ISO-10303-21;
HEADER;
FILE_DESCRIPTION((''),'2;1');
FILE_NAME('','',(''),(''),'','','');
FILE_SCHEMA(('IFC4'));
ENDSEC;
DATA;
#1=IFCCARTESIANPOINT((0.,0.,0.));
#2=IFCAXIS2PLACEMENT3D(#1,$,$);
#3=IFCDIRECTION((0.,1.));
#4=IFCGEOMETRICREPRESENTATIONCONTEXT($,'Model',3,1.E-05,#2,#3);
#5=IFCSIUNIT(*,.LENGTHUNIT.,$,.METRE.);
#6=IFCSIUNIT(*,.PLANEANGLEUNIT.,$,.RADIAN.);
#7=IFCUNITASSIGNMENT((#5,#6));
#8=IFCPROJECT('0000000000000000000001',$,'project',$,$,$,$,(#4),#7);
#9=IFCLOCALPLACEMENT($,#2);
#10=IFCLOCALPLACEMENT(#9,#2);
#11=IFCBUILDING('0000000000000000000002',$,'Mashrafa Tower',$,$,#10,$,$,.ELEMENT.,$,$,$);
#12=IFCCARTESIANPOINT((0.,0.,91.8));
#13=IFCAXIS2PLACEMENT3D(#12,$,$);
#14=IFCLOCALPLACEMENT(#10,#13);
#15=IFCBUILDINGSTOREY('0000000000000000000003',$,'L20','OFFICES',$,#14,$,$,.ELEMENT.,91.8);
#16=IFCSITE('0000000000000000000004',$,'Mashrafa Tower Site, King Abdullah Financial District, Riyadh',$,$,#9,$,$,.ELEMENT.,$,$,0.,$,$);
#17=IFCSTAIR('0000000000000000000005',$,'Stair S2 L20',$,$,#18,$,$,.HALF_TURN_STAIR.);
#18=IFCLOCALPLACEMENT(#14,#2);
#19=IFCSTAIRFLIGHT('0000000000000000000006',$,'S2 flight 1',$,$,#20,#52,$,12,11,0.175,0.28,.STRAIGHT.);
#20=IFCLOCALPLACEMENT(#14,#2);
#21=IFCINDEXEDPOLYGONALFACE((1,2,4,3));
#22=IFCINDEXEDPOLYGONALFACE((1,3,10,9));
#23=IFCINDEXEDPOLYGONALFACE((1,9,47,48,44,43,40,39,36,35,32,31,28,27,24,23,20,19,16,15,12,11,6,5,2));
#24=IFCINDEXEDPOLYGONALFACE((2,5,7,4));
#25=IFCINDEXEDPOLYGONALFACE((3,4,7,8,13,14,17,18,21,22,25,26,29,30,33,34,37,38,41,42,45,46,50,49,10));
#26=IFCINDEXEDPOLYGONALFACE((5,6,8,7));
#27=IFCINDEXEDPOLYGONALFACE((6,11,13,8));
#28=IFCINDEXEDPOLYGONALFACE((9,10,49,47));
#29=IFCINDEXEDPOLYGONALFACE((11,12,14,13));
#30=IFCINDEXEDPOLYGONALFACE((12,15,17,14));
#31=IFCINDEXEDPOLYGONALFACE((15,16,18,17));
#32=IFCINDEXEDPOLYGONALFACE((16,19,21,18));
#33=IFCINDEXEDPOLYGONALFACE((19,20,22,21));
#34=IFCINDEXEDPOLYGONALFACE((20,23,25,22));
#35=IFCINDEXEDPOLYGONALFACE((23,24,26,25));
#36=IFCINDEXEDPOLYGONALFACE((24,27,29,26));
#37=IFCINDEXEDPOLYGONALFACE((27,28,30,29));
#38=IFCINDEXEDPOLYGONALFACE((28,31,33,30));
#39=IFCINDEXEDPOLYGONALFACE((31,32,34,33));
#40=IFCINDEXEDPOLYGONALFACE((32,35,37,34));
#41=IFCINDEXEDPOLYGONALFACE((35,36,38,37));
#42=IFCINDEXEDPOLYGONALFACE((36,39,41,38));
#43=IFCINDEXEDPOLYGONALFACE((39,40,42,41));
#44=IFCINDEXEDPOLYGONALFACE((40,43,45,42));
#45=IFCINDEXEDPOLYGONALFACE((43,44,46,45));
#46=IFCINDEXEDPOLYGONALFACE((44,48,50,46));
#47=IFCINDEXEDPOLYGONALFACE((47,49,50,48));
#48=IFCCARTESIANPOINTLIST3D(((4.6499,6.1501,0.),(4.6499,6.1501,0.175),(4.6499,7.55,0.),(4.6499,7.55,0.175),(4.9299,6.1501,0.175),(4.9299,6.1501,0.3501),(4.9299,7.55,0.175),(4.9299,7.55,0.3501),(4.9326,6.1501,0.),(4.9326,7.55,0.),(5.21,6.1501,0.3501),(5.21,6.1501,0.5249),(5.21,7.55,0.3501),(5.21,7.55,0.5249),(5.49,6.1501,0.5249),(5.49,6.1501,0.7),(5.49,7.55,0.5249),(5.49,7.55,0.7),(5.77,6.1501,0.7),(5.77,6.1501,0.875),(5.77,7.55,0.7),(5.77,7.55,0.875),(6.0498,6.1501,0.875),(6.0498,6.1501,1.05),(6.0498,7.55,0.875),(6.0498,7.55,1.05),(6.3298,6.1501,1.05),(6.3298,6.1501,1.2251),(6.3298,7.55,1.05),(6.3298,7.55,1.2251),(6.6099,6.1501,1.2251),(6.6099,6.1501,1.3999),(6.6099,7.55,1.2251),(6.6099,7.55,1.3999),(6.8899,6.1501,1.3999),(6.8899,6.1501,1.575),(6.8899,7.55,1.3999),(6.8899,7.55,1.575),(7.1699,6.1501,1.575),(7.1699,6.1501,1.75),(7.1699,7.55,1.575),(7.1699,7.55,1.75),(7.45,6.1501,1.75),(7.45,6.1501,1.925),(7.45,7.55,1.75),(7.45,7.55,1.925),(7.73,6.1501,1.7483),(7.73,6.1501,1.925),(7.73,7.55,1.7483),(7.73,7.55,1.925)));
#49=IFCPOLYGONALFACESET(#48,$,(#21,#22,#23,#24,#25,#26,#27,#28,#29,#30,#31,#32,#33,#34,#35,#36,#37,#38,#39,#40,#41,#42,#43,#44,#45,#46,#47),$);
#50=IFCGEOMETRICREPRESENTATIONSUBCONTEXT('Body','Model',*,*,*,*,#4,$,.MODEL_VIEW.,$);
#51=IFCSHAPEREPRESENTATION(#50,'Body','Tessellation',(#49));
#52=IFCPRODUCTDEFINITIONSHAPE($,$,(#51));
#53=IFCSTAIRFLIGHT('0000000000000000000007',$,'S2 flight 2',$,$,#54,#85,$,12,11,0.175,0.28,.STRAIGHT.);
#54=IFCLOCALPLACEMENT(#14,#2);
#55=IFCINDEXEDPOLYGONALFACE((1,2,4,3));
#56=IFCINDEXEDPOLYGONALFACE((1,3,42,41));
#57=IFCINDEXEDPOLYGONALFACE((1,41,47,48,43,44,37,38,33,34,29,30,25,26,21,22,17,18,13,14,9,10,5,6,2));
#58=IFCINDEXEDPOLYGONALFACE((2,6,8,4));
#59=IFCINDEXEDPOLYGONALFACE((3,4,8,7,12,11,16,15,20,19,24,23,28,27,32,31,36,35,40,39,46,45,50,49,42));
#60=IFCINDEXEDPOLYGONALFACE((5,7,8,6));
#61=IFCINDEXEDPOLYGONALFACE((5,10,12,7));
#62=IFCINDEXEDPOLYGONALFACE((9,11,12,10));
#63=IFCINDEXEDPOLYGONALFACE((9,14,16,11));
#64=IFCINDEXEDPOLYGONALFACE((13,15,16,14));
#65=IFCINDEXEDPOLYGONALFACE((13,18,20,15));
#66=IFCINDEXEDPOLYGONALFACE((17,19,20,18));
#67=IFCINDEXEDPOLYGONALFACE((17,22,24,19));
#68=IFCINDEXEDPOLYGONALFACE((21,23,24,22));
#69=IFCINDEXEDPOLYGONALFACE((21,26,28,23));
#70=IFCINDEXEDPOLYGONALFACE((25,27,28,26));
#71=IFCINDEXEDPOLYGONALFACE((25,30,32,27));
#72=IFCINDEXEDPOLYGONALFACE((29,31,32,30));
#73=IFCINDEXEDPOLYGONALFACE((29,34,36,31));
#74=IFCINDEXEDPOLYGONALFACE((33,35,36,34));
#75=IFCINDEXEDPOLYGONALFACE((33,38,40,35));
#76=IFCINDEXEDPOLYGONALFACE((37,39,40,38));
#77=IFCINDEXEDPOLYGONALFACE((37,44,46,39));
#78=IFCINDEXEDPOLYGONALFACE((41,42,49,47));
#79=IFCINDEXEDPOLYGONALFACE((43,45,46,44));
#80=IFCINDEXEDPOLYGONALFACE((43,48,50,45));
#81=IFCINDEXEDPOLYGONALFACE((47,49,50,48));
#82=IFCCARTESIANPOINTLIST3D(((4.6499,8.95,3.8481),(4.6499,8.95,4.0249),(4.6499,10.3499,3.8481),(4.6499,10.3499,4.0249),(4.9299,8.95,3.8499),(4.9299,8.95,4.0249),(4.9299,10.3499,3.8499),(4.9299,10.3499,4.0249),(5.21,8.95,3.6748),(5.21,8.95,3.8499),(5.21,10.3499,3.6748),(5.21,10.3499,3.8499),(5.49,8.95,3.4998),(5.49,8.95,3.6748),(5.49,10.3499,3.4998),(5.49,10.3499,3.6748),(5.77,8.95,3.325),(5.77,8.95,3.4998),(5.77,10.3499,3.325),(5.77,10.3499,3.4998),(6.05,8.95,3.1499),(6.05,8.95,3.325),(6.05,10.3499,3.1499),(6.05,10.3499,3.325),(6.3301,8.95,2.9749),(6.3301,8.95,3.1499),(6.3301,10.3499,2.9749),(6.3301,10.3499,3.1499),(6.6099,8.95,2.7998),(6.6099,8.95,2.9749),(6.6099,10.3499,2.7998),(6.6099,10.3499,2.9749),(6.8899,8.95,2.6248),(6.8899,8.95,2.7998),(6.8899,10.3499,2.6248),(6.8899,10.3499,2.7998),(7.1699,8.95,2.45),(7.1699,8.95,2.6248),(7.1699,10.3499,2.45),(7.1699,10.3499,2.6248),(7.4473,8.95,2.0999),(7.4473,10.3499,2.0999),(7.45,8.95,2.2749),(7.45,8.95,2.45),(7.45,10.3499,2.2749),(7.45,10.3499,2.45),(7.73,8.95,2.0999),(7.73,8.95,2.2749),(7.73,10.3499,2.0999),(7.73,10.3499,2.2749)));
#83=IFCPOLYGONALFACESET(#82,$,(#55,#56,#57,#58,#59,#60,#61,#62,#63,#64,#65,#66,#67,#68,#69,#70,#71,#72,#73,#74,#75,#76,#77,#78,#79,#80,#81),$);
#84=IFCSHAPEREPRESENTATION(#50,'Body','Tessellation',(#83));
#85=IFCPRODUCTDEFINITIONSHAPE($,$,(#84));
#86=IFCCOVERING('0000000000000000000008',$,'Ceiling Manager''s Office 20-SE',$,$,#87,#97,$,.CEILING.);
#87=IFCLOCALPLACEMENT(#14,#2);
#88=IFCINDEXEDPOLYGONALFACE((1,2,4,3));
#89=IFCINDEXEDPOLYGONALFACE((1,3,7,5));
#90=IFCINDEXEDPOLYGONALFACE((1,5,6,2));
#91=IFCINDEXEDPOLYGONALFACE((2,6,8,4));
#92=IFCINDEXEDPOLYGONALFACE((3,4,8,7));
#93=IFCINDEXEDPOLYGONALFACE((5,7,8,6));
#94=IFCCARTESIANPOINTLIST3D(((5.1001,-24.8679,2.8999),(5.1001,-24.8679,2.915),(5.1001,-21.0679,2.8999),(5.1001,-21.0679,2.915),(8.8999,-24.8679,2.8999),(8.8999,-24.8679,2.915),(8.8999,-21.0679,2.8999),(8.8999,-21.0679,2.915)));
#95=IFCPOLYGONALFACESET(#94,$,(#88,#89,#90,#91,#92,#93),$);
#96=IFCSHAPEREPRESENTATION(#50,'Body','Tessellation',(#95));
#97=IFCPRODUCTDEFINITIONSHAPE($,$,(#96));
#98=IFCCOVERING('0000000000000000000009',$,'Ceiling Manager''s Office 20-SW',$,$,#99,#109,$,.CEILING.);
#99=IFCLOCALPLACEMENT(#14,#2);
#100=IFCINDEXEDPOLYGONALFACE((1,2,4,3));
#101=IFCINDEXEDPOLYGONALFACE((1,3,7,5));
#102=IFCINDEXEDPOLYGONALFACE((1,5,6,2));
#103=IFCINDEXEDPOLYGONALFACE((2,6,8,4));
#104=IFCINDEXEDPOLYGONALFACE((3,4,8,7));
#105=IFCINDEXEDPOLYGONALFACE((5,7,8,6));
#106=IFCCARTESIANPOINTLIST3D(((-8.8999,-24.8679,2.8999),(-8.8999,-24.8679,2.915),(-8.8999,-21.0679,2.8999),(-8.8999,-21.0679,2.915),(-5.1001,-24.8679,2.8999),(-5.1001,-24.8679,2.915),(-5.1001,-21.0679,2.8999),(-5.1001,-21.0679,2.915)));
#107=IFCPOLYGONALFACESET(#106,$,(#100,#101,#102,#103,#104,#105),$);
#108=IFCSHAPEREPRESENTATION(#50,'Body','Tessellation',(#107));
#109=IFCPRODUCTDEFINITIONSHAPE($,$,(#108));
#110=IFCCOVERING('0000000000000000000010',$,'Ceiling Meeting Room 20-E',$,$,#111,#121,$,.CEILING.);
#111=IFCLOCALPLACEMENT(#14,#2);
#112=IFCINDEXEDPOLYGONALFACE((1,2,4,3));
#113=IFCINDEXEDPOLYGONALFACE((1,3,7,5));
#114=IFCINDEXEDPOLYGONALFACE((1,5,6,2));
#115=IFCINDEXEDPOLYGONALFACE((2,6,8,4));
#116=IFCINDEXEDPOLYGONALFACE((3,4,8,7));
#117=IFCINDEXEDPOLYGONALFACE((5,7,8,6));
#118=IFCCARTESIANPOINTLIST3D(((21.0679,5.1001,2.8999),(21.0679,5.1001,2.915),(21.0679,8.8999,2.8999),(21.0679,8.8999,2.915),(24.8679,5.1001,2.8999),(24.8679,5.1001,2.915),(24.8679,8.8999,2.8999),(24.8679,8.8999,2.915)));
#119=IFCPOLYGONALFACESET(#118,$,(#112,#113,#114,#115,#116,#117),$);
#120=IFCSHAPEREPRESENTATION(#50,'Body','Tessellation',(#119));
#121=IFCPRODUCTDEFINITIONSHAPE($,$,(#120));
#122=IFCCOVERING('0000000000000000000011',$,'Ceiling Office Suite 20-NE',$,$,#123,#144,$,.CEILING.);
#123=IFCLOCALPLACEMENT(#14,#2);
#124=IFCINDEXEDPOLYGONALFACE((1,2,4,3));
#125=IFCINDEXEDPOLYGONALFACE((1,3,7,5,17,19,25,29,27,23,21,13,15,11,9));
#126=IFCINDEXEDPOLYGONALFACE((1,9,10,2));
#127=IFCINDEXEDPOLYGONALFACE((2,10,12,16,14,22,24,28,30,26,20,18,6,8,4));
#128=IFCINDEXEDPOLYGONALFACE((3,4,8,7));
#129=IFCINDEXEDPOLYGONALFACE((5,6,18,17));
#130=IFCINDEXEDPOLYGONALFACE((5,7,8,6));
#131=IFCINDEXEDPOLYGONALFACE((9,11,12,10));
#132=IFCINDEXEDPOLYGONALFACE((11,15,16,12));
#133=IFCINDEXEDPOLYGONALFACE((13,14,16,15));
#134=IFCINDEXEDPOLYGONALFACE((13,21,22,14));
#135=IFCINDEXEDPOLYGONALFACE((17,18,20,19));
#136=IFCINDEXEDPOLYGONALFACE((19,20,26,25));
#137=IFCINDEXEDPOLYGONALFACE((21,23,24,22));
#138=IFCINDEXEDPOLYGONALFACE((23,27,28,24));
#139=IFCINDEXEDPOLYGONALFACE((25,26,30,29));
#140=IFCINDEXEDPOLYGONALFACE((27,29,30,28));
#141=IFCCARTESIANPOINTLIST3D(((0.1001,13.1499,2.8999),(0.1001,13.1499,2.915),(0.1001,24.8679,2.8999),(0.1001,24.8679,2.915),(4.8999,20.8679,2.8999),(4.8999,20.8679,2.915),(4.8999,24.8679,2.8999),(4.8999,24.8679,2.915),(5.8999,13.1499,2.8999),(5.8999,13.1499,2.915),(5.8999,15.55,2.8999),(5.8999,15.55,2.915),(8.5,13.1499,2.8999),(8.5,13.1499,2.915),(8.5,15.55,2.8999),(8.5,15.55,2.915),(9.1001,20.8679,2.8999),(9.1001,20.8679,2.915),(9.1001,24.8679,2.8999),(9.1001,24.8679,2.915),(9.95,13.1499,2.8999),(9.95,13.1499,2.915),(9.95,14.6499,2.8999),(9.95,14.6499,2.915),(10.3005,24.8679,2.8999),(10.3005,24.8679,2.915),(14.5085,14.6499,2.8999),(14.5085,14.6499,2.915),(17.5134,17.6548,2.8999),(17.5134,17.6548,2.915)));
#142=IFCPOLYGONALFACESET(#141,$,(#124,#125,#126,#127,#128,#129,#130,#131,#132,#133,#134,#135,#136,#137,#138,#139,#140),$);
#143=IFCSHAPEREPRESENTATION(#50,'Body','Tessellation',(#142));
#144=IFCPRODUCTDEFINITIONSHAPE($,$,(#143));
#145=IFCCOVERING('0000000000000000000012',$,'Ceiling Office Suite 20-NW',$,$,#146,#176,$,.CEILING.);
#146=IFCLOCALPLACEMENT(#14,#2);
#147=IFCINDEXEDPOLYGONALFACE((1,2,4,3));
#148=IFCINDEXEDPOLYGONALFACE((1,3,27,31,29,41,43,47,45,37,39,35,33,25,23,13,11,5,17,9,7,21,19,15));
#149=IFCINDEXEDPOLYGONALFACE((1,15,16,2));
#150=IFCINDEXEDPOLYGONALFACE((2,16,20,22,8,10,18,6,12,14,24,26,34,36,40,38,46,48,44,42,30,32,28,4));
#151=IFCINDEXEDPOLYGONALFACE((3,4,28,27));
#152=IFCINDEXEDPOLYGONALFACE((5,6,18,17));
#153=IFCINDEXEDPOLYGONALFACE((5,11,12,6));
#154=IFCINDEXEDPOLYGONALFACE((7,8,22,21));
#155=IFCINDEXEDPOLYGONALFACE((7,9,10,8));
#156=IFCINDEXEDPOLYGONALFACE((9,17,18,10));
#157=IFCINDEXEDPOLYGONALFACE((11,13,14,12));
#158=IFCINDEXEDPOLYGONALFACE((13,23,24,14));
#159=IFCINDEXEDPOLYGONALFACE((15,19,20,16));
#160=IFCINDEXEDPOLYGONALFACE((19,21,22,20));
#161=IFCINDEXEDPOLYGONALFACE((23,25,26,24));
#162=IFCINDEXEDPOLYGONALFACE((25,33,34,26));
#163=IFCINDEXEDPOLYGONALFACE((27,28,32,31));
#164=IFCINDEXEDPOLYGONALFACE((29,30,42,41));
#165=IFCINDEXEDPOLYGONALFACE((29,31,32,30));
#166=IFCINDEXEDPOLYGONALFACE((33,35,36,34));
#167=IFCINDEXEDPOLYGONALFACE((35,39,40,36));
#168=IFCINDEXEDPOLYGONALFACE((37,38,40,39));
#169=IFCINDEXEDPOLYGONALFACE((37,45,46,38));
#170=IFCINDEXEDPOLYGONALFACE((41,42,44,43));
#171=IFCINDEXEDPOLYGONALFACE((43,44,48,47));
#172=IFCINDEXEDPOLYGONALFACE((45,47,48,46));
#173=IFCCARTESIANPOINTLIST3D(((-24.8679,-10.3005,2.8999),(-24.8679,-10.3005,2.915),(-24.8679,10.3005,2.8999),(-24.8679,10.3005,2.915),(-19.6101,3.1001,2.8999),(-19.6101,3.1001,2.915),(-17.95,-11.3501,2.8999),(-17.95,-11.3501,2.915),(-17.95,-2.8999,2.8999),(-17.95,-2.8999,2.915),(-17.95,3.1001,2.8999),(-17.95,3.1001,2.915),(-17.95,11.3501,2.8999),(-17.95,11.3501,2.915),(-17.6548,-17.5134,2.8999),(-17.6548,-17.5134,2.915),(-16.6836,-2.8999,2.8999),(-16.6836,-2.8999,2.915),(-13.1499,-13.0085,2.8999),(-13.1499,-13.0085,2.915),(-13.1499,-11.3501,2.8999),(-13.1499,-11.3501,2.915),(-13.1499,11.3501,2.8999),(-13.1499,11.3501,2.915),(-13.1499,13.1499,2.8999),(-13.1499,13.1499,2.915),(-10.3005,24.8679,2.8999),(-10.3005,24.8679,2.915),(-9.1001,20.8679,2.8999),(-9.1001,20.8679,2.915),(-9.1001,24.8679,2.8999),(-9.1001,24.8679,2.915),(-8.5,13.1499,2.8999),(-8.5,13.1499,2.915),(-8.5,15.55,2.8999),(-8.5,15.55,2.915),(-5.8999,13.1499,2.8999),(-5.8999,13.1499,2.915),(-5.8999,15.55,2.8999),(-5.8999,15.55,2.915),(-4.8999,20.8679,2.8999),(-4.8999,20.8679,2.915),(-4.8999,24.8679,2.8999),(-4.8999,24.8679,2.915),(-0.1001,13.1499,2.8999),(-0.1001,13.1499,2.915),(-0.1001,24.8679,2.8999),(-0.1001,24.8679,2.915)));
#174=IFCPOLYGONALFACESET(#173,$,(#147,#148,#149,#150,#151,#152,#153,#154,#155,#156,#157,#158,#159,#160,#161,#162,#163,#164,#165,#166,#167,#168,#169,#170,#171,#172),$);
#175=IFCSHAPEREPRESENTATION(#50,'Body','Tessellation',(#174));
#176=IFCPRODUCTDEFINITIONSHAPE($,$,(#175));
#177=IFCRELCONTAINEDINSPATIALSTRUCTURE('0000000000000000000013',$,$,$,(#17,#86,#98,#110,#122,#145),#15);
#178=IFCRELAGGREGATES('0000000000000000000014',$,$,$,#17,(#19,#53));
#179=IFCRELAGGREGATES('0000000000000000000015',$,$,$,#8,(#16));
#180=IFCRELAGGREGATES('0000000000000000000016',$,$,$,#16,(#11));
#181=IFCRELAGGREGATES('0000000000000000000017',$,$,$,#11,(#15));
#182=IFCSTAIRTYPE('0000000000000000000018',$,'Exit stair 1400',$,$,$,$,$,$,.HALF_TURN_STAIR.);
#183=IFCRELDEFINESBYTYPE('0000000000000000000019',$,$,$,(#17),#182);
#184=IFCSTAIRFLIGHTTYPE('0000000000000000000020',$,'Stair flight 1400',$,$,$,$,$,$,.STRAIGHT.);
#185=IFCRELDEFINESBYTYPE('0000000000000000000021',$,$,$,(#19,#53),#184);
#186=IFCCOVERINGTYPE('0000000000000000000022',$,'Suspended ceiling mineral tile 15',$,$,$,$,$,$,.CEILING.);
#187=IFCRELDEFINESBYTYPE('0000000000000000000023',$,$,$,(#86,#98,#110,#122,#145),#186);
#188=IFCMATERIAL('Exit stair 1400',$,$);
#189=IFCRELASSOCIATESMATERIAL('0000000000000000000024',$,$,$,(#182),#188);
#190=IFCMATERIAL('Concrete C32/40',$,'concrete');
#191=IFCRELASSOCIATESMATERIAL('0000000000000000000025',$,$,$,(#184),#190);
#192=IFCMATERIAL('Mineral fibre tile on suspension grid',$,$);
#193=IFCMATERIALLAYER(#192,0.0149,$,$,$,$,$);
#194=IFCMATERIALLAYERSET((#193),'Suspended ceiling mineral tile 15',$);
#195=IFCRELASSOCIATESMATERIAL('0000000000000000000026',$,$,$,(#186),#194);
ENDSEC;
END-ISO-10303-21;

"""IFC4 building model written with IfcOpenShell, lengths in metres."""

from ifc_helpers import new_model, si_unit, direction, frame, origin, place, context, subcontext, project, spatial, polyline, outline, extrude, material, layer, layer_set, type_object, element, aggregate, save


model = new_model("IFC4")

# Units and contexts
model_context = context("Model", 3, precision=1e-05, world=origin(), true_north=direction((0.0, 1.0)))
body_context = subcontext(model_context, "Body", "Model", "MODEL_VIEW")
ifc_project = project(units=[si_unit("LENGTHUNIT", "METRE"), si_unit("PLANEANGLEUNIT", "RADIAN")], contexts=[model_context])

# Site, building, storey
site_placement = place(None, origin())
site = spatial("IfcSite", under=ifc_project, at=site_placement, Name="Mashrafa Tower Site, King Abdullah Financial District, Riyadh", CompositionType="ELEMENT", RefElevation=0.0)
building_placement = place(site_placement, origin())
building = spatial("IfcBuilding", under=site, at=building_placement, Name="Mashrafa Tower", CompositionType="ELEMENT")
storey_placement = place(building_placement, frame((0.0, 0.0, 91.8)))
storey = spatial("IfcBuildingStorey", under=building, at=storey_placement, Name="L20", Description="OFFICES", CompositionType="ELEMENT", Elevation=91.8)

# Stair, stair flights
ifc_material_1 = material(Name="Exit stair 1400")
stair_type = type_object("IfcStairType", Name="Exit stair 1400", PredefinedType="HALF_TURN_STAIR", material=ifc_material_1)
stair_placement = place(storey_placement, origin())
stair = element("IfcStair", 1, at=stair_placement, inside=storey, type_object=stair_type, Name="Stair S2 L20", PredefinedType="HALF_TURN_STAIR")
ifc_material_2 = material(Name="Concrete C32/40", Category="concrete")
stair_flight_type = type_object("IfcStairFlightType", Name="Stair flight 1400", PredefinedType="STRAIGHT", material=ifc_material_2)
stair_flight_1_placement = place(storey_placement, frame((4.6499, 6.8501, 0.0), z_axis=(0.0, 0.0, 1.0), x_axis=(1.0, 0.0, 0.0)))
stair_flight_1 = element("IfcStairFlight", 2, at=stair_flight_1_placement, type_object=stair_flight_type, Name="S2 flight 1", NumberOfRisers=12, NumberOfTreads=11, PredefinedType="STRAIGHT", RiserHeight=0.175, TreadLength=0.28, context=body_context, shape_type="SweptSolid", body=[
    extrude(outline(polyline([(0.0, 0.0), (0.0, 0.175), (0.28, 0.175), (0.28, 0.3501), (0.5601, 0.3501), (0.5601, 0.5249), (0.8401, 0.5249), (0.8401, 0.7), (1.1201, 0.7), (1.1201, 0.875), (1.3999, 0.875), (1.3999, 1.05), (1.6799, 1.05), (1.6799, 1.2251), (1.96, 1.2251), (1.96, 1.3999), (2.24, 1.3999), (2.24, 1.575), (2.52, 1.575), (2.52, 1.75), (2.8, 1.75), (2.8, 1.925), (3.0801, 1.925), (3.0801, 2.1001), (3.0801, 1.7483), (0.2827, 0.0), (0.0, 0.0)])), frame((0.0, 0.7, 0.0), z_axis=(0.0, -1.0, 0.0), x_axis=(1.0, 0.0, 0.0)), (0.0, 0.0, 1.0), 1.3999),
])
stair_flight_2_placement = place(storey_placement, frame((7.73, 9.6499, 2.0999), z_axis=(0.0, 0.0, 1.0), x_axis=(-1.0, 0.0, 0.0)))
stair_flight_2 = element("IfcStairFlight", 3, at=stair_flight_2_placement, type_object=stair_flight_type, Name="S2 flight 2", NumberOfRisers=12, NumberOfTreads=11, PredefinedType="STRAIGHT", RiserHeight=0.175, TreadLength=0.28, context=body_context, shape_type="SweptSolid", body=[
    extrude(outline(polyline([(0.0, 0.0), (0.0, 0.175), (0.28, 0.175), (0.28, 0.3501), (0.5601, 0.3501), (0.5601, 0.5249), (0.8401, 0.5249), (0.8401, 0.7), (1.1201, 0.7), (1.1201, 0.875), (1.3999, 0.875), (1.3999, 1.05), (1.6799, 1.05), (1.6799, 1.2251), (1.96, 1.2251), (1.96, 1.3999), (2.24, 1.3999), (2.24, 1.575), (2.52, 1.575), (2.52, 1.75), (2.8, 1.75), (2.8, 1.925), (3.0801, 1.925), (3.0801, 2.1001), (3.0801, 1.7483), (0.2827, 0.0), (0.0, 0.0)])), frame((0.0, 0.7, 0.0), z_axis=(0.0, -1.0, 0.0), x_axis=(1.0, 0.0, 0.0)), (0.0, 0.0, 1.0), 1.3999),
])
aggregate(stair, [stair_flight_1, stair_flight_2])

# Coverings
ifc_material_3 = material(Name="Mineral fibre tile on suspension grid")
ifc_layer_1 = layer(ifc_material_3, 0.0149)
ifc_layer_set_1 = layer_set([ifc_layer_1], Name="Suspended ceiling mineral tile 15")
covering_type = type_object("IfcCoveringType", Name="Suspended ceiling mineral tile 15", PredefinedType="CEILING", material=ifc_layer_set_1)
covering_1_placement = place(storey_placement, frame((0.0, 0.0, 2.8999)))
element("IfcCovering", 4, at=covering_1_placement, inside=storey, type_object=covering_type, Name="Ceiling Manager's Office 20-SE", PredefinedType="CEILING", context=body_context, shape_type="SweptSolid", body=[
    extrude(outline(polyline([(5.1001, -21.0679), (8.8999, -21.0679), (8.8999, -24.8679), (5.1001, -24.8679), (5.1001, -21.0679)])), origin(), (0.0, 0.0, 1.0), 0.0151),
])
covering_2_placement = place(storey_placement, frame((0.0, 0.0, 2.8999)))
element("IfcCovering", 5, at=covering_2_placement, inside=storey, type_object=covering_type, Name="Ceiling Manager's Office 20-SW", PredefinedType="CEILING", context=body_context, shape_type="SweptSolid", body=[
    extrude(outline(polyline([(-8.8999, -21.0679), (-5.1001, -21.0679), (-5.1001, -24.8679), (-8.8999, -24.8679), (-8.8999, -21.0679)])), origin(), (0.0, 0.0, 1.0), 0.0151),
])
covering_3_placement = place(storey_placement, frame((0.0, 0.0, 2.8999)))
element("IfcCovering", 6, at=covering_3_placement, inside=storey, type_object=covering_type, Name="Ceiling Meeting Room 20-E", PredefinedType="CEILING", context=body_context, shape_type="SweptSolid", body=[
    extrude(outline(polyline([(21.0679, 8.8999), (24.8679, 8.8999), (24.8679, 5.1001), (21.0679, 5.1001), (21.0679, 8.8999)])), origin(), (0.0, 0.0, 1.0), 0.0151),
])
covering_4_placement = place(storey_placement, frame((0.0, 0.0, 2.8999)))
element("IfcCovering", 7, at=covering_4_placement, inside=storey, type_object=covering_type, Name="Ceiling Office Suite 20-NE", PredefinedType="CEILING", context=body_context, shape_type="SweptSolid", body=[
    extrude(outline(polyline([(0.1001, 24.8679), (4.8999, 24.8679), (4.8999, 20.8679), (9.1001, 20.8679), (9.1001, 24.8679), (10.3005, 24.8679), (17.5134, 17.6548), (14.5085, 14.6499), (9.95, 14.6499), (9.95, 13.1499), (8.5, 13.1499), (8.5, 15.55), (5.8999, 15.55), (5.8999, 13.1499), (0.1001, 13.1499), (0.1001, 24.8679)])), origin(), (0.0, 0.0, 1.0), 0.0151),
])
covering_5_placement = place(storey_placement, frame((0.0, 0.0, 2.8999)))
element("IfcCovering", 8, at=covering_5_placement, inside=storey, type_object=covering_type, Name="Ceiling Office Suite 20-NW", PredefinedType="CEILING", context=body_context, shape_type="SweptSolid", body=[
    extrude(outline(polyline([(-13.1499, -13.0085), (-17.6548, -17.5134), (-24.8679, -10.3005), (-24.8679, 10.3005), (-10.3005, 24.8679), (-9.1001, 24.8679), (-9.1001, 20.8679), (-4.8999, 20.8679), (-4.8999, 24.8679), (-0.1001, 24.8679), (-0.1001, 13.1499), (-5.8999, 13.1499), (-5.8999, 15.55), (-8.5, 15.55), (-8.5, 13.1499), (-13.1499, 13.1499), (-13.1499, 11.3501), (-17.95, 11.3501), (-17.95, 3.1001), (-19.6101, 3.1001), (-16.6836, -2.8999), (-17.95, -2.8999), (-17.95, -11.3501), (-13.1499, -11.3501), (-13.1499, -13.0085)])), origin(), (0.0, 0.0, 1.0), 0.0151),
])

save(model, "model.ifc")
